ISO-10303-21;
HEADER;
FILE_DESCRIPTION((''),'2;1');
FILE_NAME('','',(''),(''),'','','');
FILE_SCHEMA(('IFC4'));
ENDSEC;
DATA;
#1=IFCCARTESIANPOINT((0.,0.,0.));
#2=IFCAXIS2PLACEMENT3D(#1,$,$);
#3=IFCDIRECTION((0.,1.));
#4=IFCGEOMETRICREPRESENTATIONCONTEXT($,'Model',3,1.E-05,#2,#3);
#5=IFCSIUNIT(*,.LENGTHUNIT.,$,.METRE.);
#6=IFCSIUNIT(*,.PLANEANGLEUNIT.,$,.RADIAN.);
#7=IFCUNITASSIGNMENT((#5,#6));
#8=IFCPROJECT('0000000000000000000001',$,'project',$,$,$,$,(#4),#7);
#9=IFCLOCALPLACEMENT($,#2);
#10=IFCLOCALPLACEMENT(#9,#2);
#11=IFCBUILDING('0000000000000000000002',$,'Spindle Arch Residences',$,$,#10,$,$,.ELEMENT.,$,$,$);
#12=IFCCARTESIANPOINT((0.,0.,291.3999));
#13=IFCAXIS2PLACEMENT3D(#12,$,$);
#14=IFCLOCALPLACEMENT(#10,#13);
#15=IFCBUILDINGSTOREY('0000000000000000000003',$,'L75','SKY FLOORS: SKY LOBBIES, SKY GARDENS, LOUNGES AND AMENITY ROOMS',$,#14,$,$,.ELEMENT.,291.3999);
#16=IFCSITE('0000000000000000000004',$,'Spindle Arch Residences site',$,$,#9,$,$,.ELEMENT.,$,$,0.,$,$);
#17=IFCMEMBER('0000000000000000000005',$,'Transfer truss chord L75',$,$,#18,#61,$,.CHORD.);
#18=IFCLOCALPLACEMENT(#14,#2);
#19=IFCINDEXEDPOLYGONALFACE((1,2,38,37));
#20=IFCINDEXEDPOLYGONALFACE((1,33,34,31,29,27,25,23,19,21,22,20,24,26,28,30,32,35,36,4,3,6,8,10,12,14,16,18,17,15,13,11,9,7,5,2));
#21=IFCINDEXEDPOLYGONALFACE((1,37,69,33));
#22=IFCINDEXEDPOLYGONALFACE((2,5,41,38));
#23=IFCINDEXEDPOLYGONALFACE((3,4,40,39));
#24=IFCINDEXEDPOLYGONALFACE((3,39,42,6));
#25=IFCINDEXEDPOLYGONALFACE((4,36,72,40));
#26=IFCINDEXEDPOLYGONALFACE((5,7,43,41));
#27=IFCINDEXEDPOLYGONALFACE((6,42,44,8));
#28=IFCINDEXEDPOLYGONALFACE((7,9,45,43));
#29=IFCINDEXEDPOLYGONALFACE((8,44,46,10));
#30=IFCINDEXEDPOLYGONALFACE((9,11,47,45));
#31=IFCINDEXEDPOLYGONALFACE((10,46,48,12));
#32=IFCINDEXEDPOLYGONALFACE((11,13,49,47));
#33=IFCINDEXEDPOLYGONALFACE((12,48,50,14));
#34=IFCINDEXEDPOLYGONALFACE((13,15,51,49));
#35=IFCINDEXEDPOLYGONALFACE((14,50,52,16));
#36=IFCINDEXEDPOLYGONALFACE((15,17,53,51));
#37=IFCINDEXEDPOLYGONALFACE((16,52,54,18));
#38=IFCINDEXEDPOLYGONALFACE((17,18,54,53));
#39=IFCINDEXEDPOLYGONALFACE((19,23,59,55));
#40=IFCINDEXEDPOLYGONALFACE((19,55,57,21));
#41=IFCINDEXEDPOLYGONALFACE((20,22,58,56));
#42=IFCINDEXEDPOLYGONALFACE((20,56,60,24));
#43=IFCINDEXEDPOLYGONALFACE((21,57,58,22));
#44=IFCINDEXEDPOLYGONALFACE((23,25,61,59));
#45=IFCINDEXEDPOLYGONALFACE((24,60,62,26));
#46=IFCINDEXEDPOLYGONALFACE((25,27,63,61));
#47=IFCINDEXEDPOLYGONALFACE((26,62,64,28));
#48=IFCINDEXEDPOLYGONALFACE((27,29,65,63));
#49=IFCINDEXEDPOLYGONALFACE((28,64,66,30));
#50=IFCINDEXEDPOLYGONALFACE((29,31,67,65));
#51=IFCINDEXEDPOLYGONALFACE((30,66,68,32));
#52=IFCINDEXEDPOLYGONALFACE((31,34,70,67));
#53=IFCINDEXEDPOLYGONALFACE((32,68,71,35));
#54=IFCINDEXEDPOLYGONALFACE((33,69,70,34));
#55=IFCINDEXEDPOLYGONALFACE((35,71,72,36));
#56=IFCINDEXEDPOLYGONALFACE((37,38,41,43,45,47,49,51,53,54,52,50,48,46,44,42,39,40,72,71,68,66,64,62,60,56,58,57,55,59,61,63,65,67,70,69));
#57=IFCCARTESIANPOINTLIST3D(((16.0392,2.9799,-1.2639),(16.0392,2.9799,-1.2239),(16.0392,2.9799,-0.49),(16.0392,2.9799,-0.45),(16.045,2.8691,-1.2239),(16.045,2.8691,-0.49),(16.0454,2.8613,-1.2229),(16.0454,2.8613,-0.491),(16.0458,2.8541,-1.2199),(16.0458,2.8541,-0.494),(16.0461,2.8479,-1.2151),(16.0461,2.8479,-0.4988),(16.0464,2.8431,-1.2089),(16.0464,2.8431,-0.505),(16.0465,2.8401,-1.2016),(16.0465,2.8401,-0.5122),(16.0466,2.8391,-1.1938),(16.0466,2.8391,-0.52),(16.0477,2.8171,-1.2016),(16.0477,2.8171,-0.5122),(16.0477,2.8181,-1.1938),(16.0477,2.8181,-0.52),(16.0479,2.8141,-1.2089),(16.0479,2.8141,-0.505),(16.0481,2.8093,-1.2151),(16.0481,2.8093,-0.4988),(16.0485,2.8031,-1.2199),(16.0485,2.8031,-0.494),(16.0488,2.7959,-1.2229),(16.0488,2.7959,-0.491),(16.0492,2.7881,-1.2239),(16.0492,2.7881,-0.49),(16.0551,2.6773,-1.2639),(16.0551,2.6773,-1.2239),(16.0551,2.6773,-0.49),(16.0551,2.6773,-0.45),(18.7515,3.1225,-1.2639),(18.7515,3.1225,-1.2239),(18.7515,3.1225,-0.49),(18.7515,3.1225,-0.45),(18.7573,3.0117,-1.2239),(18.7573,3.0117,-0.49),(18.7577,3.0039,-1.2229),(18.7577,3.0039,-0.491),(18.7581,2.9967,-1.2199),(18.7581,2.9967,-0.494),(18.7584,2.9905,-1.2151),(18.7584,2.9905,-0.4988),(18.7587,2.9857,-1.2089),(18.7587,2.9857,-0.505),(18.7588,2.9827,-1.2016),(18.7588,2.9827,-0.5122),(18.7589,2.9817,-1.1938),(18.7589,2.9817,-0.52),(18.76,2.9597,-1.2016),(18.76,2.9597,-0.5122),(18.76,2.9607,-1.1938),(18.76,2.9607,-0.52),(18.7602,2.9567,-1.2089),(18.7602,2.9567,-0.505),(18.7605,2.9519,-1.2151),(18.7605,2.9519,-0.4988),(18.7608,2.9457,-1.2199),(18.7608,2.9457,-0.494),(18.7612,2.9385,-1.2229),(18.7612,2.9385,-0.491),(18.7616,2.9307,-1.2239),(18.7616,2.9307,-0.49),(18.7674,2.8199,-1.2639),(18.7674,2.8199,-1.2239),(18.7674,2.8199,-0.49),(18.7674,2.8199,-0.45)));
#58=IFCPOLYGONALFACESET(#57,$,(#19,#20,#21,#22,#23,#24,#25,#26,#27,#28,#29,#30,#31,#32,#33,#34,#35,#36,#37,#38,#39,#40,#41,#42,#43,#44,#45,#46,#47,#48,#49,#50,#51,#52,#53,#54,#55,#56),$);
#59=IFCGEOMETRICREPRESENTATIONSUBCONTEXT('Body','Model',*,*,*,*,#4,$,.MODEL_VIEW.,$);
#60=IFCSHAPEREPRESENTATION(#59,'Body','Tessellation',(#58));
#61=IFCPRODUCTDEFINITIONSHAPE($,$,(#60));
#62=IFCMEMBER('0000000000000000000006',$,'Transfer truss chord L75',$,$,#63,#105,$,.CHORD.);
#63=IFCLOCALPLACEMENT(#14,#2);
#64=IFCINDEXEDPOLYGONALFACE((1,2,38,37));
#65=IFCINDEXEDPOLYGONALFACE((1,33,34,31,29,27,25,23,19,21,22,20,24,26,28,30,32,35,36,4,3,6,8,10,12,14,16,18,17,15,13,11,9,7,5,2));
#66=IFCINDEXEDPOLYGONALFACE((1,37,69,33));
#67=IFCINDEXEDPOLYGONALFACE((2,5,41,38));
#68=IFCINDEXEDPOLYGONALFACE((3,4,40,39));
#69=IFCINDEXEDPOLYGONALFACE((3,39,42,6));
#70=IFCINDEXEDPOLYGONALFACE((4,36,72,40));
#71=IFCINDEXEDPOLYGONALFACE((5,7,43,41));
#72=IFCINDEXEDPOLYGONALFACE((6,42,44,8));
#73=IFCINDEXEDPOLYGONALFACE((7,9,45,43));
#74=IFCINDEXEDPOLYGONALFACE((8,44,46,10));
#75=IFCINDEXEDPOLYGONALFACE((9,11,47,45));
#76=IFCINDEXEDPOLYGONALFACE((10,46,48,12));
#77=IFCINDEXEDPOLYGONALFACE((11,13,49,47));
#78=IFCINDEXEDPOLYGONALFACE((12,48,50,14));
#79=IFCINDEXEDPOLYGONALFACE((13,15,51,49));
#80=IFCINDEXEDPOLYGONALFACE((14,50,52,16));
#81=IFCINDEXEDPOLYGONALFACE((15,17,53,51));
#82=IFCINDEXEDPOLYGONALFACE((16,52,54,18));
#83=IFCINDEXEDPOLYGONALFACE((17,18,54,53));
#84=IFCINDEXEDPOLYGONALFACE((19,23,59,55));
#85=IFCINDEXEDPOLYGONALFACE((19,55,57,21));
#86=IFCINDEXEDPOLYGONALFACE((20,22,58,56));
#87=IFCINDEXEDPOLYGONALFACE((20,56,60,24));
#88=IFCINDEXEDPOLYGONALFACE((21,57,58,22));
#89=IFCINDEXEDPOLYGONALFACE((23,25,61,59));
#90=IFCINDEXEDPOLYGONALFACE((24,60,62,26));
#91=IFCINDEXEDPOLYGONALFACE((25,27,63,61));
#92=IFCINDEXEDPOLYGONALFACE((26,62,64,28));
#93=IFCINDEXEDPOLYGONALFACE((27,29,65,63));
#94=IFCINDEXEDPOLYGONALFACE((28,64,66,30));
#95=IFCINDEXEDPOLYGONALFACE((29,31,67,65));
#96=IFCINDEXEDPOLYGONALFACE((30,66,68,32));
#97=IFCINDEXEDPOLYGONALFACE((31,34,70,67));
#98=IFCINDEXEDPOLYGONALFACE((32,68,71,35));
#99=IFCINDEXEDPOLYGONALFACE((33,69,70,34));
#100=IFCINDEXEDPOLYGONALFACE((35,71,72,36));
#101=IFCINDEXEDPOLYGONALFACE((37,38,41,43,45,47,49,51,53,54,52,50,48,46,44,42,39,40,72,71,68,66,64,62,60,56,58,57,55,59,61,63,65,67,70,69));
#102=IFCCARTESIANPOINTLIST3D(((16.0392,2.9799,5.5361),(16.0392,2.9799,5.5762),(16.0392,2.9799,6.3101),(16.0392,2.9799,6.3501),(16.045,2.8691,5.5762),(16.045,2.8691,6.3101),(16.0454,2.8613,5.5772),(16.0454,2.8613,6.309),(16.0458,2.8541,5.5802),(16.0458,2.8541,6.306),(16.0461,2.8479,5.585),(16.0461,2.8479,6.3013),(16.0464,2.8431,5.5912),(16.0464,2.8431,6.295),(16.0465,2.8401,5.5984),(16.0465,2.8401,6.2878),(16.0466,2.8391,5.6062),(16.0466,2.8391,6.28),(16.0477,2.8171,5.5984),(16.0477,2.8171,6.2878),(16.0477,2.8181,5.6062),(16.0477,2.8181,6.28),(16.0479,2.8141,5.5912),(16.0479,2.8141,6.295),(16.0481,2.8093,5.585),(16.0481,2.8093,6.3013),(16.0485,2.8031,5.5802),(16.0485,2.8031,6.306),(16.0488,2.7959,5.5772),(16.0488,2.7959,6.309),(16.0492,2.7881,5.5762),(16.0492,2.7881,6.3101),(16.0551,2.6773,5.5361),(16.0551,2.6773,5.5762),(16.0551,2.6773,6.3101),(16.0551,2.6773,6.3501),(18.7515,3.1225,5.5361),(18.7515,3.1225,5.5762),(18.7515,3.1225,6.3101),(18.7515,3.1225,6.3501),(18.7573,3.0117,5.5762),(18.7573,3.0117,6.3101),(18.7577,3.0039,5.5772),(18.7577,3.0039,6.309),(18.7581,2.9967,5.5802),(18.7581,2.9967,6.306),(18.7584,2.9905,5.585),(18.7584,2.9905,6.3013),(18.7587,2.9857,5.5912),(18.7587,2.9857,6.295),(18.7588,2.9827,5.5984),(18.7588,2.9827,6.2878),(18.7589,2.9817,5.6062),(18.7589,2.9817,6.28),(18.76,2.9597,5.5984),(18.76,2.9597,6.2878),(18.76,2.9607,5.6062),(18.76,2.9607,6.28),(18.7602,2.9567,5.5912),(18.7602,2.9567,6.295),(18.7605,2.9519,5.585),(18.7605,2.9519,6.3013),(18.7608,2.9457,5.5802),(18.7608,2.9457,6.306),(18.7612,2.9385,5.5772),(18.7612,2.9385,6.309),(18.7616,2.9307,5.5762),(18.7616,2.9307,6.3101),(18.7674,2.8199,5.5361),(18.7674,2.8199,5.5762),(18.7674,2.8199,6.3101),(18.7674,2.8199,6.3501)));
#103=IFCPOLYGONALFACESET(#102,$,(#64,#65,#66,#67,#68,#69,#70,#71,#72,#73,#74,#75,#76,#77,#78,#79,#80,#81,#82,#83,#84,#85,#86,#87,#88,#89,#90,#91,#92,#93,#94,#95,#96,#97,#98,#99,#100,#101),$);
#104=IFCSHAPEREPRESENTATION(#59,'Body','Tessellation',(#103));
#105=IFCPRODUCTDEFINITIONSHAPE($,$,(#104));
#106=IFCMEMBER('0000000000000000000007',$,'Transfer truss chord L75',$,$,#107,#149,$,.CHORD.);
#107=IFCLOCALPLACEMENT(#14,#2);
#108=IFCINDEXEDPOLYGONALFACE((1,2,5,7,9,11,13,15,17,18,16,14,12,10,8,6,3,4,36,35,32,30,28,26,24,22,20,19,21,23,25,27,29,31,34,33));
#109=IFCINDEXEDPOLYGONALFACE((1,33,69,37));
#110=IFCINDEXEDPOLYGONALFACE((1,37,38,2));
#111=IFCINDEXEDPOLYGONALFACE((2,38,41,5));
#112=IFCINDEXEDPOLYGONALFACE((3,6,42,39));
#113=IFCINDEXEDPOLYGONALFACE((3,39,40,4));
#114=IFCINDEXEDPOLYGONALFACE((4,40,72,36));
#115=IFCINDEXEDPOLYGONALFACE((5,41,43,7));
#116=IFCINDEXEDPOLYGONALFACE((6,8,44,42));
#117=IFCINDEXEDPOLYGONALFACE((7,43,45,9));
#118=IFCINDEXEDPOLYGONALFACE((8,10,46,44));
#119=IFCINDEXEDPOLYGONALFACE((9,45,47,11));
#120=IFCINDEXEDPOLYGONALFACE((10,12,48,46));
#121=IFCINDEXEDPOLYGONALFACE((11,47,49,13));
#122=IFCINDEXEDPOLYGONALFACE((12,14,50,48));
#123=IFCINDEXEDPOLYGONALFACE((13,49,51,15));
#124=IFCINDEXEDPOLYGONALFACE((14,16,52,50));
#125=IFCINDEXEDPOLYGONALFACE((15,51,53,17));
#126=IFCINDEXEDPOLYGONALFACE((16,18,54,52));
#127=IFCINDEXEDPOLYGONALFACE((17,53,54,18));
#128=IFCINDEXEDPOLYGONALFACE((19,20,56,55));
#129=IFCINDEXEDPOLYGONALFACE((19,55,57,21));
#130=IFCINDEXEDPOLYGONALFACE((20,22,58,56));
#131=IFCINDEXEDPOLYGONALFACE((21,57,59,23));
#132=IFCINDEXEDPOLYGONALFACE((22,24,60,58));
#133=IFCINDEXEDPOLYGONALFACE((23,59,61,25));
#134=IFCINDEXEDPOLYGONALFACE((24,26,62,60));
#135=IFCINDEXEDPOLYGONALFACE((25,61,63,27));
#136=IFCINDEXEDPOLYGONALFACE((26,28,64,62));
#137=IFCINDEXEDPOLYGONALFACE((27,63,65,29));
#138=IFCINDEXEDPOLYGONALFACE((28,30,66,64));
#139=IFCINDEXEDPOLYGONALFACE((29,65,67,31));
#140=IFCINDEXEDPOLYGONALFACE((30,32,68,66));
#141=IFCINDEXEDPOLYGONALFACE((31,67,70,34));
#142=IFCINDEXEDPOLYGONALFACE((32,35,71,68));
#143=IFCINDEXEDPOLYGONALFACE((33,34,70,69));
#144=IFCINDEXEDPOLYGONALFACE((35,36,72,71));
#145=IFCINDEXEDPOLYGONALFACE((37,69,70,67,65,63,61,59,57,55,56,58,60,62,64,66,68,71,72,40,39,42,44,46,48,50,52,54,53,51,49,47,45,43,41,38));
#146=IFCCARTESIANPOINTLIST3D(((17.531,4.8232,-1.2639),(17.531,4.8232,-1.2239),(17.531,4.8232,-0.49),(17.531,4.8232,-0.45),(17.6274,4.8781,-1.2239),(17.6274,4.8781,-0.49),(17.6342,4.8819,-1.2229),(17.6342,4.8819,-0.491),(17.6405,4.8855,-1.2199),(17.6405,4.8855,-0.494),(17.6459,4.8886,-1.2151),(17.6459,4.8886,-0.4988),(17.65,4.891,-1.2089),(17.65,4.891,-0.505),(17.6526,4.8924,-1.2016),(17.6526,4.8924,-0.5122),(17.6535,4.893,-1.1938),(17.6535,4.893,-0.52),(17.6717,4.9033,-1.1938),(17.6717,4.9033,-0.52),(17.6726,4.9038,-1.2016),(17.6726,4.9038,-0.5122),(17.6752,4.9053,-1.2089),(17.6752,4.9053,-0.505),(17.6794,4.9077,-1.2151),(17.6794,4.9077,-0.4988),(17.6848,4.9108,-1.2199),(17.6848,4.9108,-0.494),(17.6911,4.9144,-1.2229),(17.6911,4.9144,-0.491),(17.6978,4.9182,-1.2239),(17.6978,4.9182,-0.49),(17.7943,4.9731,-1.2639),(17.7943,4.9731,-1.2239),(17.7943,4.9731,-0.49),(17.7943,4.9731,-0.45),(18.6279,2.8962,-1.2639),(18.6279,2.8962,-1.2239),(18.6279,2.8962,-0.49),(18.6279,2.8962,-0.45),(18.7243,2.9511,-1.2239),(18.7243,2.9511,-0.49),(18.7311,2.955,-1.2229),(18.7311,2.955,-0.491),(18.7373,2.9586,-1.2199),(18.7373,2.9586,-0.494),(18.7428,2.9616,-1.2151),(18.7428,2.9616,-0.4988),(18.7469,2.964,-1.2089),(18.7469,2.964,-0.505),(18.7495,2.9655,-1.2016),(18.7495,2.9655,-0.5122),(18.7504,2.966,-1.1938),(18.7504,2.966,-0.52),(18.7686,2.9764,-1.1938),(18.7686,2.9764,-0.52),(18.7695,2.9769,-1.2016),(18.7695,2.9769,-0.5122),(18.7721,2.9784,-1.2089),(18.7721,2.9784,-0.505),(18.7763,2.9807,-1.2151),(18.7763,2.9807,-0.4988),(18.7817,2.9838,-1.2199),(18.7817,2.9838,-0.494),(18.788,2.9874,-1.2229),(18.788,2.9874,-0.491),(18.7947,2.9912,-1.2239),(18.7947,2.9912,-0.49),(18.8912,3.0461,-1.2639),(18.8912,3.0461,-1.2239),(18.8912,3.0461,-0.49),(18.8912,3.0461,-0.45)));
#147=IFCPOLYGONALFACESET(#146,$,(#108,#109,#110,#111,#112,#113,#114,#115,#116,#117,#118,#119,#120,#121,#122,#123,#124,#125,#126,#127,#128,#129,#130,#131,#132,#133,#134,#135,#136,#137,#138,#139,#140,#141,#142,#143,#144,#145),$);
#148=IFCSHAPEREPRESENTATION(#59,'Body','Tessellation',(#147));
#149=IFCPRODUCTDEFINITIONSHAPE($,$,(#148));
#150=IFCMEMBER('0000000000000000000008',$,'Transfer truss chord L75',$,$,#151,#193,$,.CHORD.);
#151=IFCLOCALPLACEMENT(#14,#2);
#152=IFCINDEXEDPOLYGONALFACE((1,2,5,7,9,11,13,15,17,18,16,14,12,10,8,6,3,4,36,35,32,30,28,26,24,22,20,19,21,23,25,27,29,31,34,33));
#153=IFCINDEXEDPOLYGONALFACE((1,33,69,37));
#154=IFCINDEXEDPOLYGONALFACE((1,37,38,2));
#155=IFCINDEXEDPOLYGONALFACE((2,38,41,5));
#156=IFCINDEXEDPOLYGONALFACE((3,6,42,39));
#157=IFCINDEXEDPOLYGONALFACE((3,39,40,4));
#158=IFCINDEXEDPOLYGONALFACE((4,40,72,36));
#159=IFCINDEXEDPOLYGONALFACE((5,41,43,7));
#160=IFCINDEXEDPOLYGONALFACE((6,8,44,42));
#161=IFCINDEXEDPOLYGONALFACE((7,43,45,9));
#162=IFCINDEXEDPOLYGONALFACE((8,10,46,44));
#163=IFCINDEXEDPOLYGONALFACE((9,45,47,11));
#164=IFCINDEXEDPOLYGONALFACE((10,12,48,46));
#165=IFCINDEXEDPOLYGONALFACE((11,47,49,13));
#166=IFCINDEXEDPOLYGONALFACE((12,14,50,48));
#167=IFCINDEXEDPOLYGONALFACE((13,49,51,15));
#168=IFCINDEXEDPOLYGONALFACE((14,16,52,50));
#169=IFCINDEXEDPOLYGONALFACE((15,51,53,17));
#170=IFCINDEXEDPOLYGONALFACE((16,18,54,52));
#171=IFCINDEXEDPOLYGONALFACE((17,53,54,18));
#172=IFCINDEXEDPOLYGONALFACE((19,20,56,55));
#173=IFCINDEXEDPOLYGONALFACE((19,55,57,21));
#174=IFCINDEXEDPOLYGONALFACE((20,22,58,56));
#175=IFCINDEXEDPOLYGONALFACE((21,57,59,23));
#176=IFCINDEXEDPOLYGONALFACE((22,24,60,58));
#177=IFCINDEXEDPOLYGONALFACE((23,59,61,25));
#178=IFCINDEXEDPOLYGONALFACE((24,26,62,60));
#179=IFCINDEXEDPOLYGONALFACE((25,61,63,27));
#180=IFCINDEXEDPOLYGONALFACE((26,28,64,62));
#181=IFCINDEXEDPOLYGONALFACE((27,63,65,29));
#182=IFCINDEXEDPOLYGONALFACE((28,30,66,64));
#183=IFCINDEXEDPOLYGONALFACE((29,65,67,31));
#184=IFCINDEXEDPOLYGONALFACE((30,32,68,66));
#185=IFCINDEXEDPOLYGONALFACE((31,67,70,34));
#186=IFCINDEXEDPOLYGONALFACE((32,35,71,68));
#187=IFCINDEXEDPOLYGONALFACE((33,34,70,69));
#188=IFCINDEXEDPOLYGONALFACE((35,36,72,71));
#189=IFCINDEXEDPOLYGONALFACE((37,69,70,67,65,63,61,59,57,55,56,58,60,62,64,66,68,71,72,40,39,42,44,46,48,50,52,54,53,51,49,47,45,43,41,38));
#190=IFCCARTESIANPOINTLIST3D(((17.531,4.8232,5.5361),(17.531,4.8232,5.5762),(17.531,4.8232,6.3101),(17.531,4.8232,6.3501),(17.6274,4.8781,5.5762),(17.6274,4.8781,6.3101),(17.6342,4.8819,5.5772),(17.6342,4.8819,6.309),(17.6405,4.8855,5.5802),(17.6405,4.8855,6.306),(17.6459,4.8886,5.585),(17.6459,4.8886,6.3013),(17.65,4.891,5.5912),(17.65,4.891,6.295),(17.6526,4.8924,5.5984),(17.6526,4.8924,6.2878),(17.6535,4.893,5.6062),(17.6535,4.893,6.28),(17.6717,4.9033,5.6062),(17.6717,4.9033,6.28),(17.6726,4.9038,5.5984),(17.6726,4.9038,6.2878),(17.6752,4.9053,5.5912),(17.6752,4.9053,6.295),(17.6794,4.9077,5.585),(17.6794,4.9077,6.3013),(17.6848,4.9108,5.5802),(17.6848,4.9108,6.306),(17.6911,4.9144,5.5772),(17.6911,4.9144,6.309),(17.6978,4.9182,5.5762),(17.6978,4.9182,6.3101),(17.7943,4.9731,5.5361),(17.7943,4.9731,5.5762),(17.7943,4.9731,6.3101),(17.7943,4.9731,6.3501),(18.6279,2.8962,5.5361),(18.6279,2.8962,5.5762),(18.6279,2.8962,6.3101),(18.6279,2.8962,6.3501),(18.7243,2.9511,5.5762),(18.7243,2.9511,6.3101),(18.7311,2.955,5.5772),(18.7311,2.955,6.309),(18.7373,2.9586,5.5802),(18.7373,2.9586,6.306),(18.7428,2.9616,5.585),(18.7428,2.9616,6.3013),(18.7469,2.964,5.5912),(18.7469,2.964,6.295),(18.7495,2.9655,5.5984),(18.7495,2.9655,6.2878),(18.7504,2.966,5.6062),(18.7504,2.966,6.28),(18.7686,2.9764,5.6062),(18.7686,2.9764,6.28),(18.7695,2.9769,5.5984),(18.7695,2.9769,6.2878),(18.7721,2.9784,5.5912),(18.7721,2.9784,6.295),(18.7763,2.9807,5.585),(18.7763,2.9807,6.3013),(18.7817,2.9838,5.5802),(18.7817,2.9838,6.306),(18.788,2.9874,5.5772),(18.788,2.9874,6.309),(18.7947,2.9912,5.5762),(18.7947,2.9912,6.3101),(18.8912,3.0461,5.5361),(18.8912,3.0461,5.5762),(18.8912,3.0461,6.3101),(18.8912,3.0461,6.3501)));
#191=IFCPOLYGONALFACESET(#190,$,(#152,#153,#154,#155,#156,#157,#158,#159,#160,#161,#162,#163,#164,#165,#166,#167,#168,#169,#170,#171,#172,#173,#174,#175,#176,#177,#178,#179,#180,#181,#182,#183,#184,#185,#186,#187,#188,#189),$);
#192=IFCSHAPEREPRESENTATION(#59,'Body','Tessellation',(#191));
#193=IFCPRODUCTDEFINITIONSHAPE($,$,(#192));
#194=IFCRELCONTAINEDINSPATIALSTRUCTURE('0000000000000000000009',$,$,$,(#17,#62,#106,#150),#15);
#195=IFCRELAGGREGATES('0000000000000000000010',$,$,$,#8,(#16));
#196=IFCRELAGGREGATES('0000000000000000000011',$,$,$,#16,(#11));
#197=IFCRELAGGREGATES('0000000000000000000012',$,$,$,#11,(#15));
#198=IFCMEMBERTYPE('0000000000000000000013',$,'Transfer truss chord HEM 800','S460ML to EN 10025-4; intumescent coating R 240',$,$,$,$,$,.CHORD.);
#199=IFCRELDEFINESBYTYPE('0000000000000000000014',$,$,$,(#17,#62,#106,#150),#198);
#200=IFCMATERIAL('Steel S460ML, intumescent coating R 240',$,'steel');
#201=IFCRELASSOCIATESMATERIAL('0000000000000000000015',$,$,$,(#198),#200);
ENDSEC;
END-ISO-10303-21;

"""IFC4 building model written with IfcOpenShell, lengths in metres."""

from ifc_helpers import new_model, si_unit, direction, frame, origin, origin_2d, place, context, subcontext, project, spatial, i_section, extrude, material, material_profile, profile_set, type_object, element, save


model = new_model("IFC4")

# Units and contexts
model_context = context("Model", 3, precision=1e-05, world=origin(), true_north=direction((0.0, 1.0)))
body_context = subcontext(model_context, "Body", "Model", "MODEL_VIEW")
ifc_project = project(units=[si_unit("LENGTHUNIT", "METRE"), si_unit("PLANEANGLEUNIT", "RADIAN")], contexts=[model_context])

# Site, building, storey
site_placement = place(None, origin())
site = spatial("IfcSite", under=ifc_project, at=site_placement, Name="Spindle Arch Residences site", CompositionType="ELEMENT", RefElevation=0.0)
building_placement = place(site_placement, origin())
building = spatial("IfcBuilding", under=site, at=building_placement, Name="Spindle Arch Residences", CompositionType="ELEMENT")
storey_placement = place(building_placement, frame((0.0, 0.0, 291.3999)))
storey = spatial("IfcBuildingStorey", under=building, at=storey_placement, Name="L75", Description="SKY FLOORS: SKY LOBBIES, SKY GARDENS, LOUNGES AND AMENITY ROOMS", CompositionType="ELEMENT", Elevation=291.3999)

# Members
ifc_material_1 = material(Name="Steel S460ML, intumescent coating R 240", Category="steel")
ifc_material_profile_1 = material_profile(ifc_material_1, i_section(OverallWidth=0.303, OverallDepth=0.814, WebThickness=0.021, FlangeThickness=0.04, FilletRadius=0.03, at=origin_2d()), Name="HEM 800")
ifc_profile_set_1 = profile_set([ifc_material_profile_1], Name="Steel S460ML, intumescent coating R 240")
member_type_1 = type_object("IfcMemberType", Name="Transfer truss chord HEM 800", Description="S460ML to EN 10025-4; intumescent coating R 240", PredefinedType="CHORD", material=ifc_profile_set_1)
for number, where, z_axis, x_axis, name in (
    (1, (16.0471, 2.8286, -0.8569), (0.998621, 0.052493, 0.0), (-0.052493, 0.998621, 0.0), "Transfer truss chord L75"),
    (2, (16.0471, 2.8286, 5.9431), (0.998621, 0.052493, 0.0), (-0.052493, 0.998621, 0.0), "Transfer truss chord L75"),
):
    element("IfcMember", number, at=place(storey_placement, frame(where, z_axis=z_axis, x_axis=x_axis)), inside=storey, type_object=member_type_1, Name=name, PredefinedType="CHORD", context=body_context, shape_type="SweptSolid", body=[
        extrude(i_section(OverallWidth=0.303, OverallDepth=0.814, WebThickness=0.021, FlangeThickness=0.04, FilletRadius=0.03, at=origin_2d()), origin(), (0.0, 0.0, 1.0), 2.7161),
    ])
for number, where, z_axis, x_axis, name in (
    (3, (18.7595, 2.9712, -0.8569), (-0.494704, 0.869062, 0.0), (-0.869062, -0.494704, 0.0), "Transfer truss chord L75"),
    (4, (18.7595, 2.9712, 5.9431), (-0.494704, 0.869062, 0.0), (-0.869062, -0.494704, 0.0), "Transfer truss chord L75"),
):
    element("IfcMember", number, at=place(storey_placement, frame(where, z_axis=z_axis, x_axis=x_axis)), inside=storey, type_object=member_type_1, Name=name, PredefinedType="CHORD", context=body_context, shape_type="SweptSolid", body=[
        extrude(i_section(OverallWidth=0.303, OverallDepth=0.814, WebThickness=0.021, FlangeThickness=0.04, FilletRadius=0.03, at=origin_2d()), origin(), (0.0, 0.0, 1.0), 2.2173),
    ])

save(model, "model.ifc")
